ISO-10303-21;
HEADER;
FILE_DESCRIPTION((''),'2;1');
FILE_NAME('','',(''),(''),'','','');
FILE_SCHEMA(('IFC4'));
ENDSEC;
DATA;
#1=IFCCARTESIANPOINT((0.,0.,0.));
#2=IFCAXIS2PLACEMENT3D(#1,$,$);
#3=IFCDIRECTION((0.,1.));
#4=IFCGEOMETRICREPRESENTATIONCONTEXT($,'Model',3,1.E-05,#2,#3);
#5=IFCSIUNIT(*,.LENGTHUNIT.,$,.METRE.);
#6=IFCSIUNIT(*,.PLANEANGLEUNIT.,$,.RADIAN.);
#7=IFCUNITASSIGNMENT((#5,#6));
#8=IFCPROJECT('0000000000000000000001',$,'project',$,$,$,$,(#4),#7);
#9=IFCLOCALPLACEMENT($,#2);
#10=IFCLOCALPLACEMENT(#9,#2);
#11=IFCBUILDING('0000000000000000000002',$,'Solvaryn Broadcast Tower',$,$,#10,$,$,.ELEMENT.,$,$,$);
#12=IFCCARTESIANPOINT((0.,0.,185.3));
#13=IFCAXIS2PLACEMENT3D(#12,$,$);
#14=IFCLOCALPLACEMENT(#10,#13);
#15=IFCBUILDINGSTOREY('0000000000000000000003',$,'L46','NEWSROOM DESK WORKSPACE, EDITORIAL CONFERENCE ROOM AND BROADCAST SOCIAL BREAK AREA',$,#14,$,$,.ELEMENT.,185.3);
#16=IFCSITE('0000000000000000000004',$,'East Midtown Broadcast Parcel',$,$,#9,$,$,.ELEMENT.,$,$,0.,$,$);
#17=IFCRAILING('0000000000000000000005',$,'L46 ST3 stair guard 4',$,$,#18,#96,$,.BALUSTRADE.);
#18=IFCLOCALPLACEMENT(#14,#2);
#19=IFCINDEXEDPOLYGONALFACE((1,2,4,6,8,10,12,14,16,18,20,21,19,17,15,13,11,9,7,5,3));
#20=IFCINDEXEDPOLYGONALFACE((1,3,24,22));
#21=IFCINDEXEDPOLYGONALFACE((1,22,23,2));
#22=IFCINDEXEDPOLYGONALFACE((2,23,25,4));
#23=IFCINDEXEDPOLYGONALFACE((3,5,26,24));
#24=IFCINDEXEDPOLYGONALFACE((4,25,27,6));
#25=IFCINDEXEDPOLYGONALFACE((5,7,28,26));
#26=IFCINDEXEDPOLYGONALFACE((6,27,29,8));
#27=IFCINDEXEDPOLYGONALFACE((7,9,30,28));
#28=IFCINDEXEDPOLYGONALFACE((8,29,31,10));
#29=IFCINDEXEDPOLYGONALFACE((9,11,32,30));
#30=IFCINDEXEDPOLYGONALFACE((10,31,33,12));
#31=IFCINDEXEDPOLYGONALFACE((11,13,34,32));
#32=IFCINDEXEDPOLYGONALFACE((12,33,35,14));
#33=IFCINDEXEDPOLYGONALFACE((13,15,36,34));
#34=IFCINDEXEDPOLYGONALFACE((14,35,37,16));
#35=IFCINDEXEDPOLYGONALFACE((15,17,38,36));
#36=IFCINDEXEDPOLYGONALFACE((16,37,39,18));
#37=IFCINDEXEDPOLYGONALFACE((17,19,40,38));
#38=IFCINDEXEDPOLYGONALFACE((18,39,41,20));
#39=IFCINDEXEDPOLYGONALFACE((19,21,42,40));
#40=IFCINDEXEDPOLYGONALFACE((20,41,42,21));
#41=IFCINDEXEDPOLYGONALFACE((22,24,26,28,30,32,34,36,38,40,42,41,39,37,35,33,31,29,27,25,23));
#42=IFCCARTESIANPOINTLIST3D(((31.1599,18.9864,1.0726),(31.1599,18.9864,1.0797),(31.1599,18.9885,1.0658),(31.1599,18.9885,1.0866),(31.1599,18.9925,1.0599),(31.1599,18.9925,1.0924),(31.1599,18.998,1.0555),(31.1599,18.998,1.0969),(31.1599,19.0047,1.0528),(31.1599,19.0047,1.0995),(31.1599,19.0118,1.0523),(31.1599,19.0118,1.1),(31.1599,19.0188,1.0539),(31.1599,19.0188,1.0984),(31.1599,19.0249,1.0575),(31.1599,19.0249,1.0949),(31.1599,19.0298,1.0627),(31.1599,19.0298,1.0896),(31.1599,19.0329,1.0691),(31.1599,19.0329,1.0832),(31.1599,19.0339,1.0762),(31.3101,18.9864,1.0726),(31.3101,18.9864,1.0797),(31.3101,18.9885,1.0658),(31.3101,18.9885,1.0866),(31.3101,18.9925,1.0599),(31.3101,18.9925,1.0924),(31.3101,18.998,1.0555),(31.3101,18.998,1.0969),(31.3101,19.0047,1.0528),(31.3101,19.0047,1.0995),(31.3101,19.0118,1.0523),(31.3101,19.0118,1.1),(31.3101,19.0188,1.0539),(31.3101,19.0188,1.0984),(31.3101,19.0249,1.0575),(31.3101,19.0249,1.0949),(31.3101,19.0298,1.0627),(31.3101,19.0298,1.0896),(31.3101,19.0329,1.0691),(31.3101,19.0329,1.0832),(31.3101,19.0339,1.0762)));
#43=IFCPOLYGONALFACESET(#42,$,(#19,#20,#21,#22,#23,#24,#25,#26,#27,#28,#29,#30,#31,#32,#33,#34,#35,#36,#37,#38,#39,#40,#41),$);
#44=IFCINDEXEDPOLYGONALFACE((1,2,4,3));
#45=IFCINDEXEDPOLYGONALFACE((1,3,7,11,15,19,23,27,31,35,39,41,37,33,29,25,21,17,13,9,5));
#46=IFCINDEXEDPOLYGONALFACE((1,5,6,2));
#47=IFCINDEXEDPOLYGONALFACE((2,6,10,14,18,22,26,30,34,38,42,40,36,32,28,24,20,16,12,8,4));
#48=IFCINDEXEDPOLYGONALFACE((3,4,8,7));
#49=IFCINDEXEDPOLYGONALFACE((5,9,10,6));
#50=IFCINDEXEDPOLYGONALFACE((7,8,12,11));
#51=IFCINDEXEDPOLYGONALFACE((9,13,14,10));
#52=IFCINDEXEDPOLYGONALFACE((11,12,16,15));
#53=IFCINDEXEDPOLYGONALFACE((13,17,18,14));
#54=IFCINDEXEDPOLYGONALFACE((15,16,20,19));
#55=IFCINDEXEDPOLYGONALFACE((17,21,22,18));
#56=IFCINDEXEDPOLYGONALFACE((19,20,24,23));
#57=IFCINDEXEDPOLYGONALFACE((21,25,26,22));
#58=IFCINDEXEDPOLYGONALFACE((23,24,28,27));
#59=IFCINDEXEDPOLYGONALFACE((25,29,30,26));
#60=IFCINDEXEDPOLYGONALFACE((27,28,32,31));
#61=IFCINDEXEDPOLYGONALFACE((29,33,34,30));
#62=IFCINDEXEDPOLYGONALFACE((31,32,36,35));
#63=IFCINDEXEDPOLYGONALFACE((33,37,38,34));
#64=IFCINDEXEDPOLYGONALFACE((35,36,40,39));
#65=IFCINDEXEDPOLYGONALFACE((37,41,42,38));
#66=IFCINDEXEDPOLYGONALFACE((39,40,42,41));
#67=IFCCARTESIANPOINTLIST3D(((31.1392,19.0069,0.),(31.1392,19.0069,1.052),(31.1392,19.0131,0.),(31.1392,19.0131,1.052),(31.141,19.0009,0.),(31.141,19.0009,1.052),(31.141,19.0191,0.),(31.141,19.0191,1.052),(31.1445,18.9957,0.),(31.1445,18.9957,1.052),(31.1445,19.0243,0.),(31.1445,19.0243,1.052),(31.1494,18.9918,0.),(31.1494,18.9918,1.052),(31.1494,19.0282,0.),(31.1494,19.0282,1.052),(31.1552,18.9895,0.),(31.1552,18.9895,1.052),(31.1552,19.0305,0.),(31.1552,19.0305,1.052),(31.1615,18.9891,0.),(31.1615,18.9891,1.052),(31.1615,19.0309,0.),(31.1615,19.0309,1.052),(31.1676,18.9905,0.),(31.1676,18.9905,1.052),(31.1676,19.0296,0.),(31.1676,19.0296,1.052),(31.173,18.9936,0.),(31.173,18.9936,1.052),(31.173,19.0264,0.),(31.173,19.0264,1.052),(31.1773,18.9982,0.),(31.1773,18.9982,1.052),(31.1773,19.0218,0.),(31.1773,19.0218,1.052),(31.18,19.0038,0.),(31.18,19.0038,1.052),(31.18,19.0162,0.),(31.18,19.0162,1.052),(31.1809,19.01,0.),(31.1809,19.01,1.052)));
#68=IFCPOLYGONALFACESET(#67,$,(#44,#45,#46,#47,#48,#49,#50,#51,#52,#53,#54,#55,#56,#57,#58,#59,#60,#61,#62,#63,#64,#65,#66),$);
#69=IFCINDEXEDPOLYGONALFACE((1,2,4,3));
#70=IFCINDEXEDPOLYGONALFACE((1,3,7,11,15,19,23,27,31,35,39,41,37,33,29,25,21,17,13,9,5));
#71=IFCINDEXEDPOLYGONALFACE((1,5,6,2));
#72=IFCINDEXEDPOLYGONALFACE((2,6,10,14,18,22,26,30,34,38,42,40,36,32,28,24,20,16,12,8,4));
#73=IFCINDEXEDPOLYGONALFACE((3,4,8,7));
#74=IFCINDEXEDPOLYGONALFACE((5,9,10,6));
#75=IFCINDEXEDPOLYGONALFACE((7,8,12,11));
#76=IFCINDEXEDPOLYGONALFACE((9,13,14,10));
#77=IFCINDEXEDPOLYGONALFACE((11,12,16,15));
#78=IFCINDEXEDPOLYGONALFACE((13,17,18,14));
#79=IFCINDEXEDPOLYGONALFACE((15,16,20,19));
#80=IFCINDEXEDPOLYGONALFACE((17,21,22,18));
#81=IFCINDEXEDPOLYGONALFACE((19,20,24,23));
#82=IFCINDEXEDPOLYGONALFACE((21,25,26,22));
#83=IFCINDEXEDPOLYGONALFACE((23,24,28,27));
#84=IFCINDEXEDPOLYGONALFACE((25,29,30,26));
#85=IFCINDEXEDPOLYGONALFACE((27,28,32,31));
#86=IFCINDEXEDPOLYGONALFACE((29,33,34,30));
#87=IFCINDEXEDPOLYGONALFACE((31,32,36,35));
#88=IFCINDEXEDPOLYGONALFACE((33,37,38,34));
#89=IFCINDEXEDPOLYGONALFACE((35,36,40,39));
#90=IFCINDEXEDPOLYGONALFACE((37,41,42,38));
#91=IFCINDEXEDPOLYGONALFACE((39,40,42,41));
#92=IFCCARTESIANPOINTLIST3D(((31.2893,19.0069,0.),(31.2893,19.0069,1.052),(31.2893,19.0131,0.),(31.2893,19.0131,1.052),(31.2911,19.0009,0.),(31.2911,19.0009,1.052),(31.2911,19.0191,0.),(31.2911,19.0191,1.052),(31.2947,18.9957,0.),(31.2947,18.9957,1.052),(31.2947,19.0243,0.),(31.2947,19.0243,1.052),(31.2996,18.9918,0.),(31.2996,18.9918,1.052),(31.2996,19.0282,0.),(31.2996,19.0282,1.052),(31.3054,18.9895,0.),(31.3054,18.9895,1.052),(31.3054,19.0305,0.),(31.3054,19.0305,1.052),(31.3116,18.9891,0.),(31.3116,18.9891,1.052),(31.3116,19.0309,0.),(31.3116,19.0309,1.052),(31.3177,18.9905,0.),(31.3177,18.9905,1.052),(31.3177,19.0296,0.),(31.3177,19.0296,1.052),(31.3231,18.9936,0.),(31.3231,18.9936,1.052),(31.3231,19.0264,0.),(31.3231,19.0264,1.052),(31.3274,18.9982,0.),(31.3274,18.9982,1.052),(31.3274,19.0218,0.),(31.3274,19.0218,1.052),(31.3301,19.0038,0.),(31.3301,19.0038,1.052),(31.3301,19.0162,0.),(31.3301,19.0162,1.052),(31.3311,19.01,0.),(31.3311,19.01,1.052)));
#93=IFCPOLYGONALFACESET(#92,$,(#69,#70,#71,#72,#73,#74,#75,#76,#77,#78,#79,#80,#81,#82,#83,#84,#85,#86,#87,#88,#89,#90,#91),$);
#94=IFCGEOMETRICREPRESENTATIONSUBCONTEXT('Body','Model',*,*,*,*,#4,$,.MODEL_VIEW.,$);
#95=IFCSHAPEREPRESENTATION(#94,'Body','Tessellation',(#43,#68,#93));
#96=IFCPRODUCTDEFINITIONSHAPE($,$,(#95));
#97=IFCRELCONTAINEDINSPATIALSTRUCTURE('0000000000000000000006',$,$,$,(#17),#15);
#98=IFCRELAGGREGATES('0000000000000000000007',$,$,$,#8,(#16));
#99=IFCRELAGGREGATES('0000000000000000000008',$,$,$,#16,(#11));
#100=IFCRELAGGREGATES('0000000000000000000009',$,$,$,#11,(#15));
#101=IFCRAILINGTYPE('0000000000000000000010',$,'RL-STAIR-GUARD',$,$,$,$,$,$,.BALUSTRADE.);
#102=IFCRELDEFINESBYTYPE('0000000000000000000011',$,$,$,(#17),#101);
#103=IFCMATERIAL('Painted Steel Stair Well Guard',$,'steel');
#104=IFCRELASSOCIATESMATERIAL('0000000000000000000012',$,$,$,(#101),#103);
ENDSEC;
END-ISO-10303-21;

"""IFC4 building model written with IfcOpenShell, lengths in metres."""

from ifc_helpers import new_model, si_unit, direction, frame, origin, origin_2d, place, context, subcontext, project, spatial, circle, extrude, material, type_object, element, save


model = new_model("IFC4")

# Units and contexts
model_context = context("Model", 3, precision=1e-05, world=origin(), true_north=direction((0.0, 1.0)))
body_context = subcontext(model_context, "Body", "Model", "MODEL_VIEW")
ifc_project = project(units=[si_unit("LENGTHUNIT", "METRE"), si_unit("PLANEANGLEUNIT", "RADIAN")], contexts=[model_context])

# Site, building, storey
site_placement = place(None, origin())
site = spatial("IfcSite", under=ifc_project, at=site_placement, Name="East Midtown Broadcast Parcel", CompositionType="ELEMENT", RefElevation=0.0)
building_placement = place(site_placement, origin())
building = spatial("IfcBuilding", under=site, at=building_placement, Name="Solvaryn Broadcast Tower", CompositionType="ELEMENT")
storey_placement = place(building_placement, frame((0.0, 0.0, 185.3)))
storey = spatial("IfcBuildingStorey", under=building, at=storey_placement, Name="L46", Description="NEWSROOM DESK WORKSPACE, EDITORIAL CONFERENCE ROOM AND BROADCAST SOCIAL BREAK AREA", CompositionType="ELEMENT", Elevation=185.3)

# Railing
ifc_material_1 = material(Name="Painted Steel Stair Well Guard", Category="steel")
railing_type_1 = type_object("IfcRailingType", Name="RL-STAIR-GUARD", PredefinedType="BALUSTRADE", material=ifc_material_1)
railing_1_placement = place(storey_placement, frame((31.1599, 19.01, 0.0)))
element("IfcRailing", 1, at=railing_1_placement, inside=storey, type_object=railing_type_1, Name="L46 ST3 stair guard 4", PredefinedType="BALUSTRADE", context=body_context, shape_type="SweptSolid", body=[
    extrude(circle(Radius=0.0239, at=origin_2d()), frame((0.0, 0.0, 1.0762), z_axis=(1.0, 0.0, 0.0), x_axis=(0.0, 1.0, 0.0)), (0.0, 0.0, 1.0), 0.1501),
    extrude(circle(Radius=0.021, at=origin_2d()), origin(), (0.0, 0.0, 1.0), 1.052),
    extrude(circle(Radius=0.021, at=origin_2d()), frame((0.1501, 0.0, 0.0)), (0.0, 0.0, 1.0), 1.052),
])

save(model, "model.ifc")
